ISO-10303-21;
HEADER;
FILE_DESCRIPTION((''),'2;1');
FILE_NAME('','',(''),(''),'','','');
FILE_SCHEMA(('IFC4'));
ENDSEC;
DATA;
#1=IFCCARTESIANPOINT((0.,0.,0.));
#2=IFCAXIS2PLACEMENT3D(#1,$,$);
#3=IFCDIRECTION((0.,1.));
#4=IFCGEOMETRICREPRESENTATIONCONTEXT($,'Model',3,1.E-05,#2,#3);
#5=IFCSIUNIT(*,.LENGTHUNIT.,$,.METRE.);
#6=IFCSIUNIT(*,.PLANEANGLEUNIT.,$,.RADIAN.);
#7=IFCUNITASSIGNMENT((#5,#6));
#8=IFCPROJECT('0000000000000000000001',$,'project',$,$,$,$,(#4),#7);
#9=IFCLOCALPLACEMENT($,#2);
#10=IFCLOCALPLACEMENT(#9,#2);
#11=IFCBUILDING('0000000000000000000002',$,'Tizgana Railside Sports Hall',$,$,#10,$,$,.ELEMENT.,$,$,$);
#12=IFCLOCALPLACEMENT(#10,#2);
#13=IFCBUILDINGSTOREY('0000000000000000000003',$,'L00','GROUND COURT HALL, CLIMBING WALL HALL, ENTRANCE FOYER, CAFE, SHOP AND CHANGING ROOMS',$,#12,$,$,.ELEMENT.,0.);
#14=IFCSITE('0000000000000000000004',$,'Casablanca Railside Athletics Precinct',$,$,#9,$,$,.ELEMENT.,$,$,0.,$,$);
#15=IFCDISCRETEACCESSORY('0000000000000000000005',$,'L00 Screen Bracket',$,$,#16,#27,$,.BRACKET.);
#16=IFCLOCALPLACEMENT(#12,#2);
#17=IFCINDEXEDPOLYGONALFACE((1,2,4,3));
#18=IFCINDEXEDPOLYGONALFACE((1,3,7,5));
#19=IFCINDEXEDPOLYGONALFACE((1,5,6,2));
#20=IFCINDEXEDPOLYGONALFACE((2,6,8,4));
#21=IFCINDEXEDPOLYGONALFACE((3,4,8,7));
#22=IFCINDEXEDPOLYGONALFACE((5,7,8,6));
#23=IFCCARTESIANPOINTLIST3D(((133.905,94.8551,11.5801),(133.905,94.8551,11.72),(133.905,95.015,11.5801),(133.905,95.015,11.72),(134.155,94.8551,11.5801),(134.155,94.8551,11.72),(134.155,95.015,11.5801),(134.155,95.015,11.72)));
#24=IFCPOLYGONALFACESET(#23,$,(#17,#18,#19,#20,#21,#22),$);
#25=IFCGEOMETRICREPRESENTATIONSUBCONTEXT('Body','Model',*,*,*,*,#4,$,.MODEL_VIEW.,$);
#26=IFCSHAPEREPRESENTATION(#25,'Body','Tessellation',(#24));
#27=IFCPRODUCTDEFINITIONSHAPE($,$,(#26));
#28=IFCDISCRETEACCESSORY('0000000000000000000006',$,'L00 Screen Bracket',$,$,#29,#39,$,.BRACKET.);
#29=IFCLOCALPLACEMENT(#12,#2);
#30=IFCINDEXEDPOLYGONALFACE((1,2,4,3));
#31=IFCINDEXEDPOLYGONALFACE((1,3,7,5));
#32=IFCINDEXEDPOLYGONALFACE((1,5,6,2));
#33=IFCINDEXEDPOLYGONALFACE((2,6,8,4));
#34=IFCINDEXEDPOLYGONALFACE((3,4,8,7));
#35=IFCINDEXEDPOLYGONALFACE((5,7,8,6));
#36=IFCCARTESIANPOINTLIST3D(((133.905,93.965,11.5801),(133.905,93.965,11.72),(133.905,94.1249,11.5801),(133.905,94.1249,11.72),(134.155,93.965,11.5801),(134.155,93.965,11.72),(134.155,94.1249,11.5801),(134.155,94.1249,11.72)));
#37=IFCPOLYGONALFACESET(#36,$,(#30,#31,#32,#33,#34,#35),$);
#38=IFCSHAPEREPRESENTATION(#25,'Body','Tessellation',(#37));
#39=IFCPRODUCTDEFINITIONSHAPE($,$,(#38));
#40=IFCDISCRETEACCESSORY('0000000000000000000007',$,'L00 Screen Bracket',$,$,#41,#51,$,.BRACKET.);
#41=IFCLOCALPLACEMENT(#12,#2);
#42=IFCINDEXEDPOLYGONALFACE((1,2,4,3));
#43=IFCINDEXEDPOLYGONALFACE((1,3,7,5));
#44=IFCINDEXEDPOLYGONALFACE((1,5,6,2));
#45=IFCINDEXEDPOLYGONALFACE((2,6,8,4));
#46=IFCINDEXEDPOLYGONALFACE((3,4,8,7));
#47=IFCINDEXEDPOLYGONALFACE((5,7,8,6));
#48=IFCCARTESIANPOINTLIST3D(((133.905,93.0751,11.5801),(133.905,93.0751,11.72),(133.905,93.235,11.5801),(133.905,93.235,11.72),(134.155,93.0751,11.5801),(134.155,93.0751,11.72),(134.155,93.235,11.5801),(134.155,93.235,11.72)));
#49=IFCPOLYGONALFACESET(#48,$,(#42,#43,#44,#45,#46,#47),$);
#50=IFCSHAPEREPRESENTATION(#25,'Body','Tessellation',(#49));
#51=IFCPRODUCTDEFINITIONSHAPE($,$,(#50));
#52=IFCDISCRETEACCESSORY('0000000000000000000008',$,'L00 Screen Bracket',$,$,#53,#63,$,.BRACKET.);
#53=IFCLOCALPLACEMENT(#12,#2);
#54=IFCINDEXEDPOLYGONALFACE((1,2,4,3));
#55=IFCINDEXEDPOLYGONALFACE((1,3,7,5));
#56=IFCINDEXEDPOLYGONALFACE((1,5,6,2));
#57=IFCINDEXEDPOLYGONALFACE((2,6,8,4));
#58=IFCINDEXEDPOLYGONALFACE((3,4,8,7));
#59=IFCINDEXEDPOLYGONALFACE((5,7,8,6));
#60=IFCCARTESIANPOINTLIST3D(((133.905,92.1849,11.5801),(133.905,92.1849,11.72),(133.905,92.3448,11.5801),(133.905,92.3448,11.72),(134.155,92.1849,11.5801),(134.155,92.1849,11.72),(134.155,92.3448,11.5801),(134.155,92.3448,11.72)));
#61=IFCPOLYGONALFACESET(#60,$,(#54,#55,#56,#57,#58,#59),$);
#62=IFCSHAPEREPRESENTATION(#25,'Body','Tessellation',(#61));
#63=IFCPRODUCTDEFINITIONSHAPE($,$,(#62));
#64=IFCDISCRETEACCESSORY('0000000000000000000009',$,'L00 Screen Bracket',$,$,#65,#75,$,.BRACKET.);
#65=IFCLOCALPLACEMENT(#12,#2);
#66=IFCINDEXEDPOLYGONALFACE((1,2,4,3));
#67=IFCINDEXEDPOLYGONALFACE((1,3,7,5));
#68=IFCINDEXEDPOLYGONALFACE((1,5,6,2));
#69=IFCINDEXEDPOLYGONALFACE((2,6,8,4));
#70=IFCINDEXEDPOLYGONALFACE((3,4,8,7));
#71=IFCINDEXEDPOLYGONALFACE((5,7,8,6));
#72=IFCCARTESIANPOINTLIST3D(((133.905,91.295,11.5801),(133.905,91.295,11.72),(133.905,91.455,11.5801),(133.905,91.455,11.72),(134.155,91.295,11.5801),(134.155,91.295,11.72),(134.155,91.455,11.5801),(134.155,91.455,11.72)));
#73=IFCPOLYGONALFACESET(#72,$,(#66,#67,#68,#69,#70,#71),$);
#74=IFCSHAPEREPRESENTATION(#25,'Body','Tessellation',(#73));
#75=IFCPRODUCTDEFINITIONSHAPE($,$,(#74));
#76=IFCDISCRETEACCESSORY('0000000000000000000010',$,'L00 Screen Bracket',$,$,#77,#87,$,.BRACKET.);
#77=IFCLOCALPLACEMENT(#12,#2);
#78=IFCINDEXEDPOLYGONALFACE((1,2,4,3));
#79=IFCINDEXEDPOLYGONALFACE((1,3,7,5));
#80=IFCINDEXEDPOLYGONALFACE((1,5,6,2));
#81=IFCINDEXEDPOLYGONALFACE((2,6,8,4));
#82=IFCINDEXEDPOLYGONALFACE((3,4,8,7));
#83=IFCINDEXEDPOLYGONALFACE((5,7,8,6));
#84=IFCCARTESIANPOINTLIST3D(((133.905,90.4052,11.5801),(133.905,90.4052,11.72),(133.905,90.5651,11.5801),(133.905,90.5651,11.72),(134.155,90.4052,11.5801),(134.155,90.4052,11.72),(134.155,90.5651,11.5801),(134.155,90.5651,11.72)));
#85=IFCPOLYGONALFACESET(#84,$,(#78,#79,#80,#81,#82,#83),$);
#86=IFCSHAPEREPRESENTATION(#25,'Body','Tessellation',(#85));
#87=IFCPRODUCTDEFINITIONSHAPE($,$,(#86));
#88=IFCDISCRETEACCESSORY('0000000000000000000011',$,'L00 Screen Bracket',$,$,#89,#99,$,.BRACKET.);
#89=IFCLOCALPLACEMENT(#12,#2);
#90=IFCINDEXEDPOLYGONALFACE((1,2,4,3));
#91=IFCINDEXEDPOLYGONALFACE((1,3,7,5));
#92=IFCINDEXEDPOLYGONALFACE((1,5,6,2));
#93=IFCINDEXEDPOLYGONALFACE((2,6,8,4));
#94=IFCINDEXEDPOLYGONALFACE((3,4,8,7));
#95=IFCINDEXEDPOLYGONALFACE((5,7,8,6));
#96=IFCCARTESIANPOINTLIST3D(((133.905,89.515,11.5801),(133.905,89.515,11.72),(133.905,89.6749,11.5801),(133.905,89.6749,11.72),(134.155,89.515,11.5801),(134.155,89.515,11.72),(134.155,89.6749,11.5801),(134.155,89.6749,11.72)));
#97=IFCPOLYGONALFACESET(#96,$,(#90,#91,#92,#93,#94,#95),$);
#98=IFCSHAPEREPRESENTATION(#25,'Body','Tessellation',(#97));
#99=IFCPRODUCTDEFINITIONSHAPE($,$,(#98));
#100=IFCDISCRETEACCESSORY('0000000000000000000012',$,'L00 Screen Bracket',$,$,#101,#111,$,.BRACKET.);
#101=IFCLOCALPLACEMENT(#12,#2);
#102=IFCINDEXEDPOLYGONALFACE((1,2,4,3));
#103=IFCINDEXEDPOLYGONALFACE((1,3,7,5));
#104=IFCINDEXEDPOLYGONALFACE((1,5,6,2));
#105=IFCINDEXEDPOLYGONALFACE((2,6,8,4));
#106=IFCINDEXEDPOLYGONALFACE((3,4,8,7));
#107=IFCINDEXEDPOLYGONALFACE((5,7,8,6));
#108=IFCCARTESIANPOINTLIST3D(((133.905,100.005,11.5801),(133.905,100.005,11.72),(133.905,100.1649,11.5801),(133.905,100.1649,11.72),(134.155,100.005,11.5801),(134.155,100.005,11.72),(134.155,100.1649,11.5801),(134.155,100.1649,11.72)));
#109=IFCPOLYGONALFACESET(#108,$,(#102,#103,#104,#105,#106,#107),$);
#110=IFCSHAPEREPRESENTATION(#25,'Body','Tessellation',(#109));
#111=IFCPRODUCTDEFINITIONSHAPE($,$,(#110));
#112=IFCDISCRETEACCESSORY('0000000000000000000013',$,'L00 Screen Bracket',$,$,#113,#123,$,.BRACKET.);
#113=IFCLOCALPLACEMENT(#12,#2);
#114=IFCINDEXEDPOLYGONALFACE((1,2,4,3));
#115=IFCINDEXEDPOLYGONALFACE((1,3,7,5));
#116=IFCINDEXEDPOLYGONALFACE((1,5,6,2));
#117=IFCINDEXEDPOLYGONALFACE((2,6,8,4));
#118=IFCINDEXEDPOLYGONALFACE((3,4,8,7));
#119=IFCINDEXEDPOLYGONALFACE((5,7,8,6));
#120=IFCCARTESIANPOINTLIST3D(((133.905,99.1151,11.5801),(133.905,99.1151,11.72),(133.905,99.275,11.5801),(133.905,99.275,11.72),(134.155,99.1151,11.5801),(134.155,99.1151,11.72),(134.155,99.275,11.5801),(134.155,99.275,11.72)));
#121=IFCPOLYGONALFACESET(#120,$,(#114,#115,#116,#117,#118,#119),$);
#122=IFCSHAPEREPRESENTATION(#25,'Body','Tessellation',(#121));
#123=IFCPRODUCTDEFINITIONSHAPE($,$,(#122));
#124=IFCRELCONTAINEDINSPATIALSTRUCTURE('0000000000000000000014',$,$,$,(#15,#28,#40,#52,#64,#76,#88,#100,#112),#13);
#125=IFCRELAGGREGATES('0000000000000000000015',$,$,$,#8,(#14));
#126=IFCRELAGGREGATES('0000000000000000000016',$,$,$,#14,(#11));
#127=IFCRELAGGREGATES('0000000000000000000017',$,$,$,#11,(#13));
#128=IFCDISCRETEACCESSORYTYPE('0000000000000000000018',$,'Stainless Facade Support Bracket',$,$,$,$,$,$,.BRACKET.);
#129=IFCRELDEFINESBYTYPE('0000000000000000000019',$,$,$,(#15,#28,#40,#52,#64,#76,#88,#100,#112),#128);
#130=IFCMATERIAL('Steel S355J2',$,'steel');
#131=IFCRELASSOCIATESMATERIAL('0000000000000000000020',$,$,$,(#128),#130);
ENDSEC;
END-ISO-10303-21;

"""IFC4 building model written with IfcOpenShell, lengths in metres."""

from ifc_helpers import new_model, si_unit, direction, frame, origin, origin_2d, place, context, subcontext, project, spatial, rectangle, extrude, material, type_object, element, save


model = new_model("IFC4")

# Units and contexts
model_context = context("Model", 3, precision=1e-05, world=origin(), true_north=direction((0.0, 1.0)))
body_context = subcontext(model_context, "Body", "Model", "MODEL_VIEW")
ifc_project = project(units=[si_unit("LENGTHUNIT", "METRE"), si_unit("PLANEANGLEUNIT", "RADIAN")], contexts=[model_context])

# Site, building, storey
site_placement = place(None, origin())
site = spatial("IfcSite", under=ifc_project, at=site_placement, Name="Casablanca Railside Athletics Precinct", CompositionType="ELEMENT", RefElevation=0.0)
building_placement = place(site_placement, origin())
building = spatial("IfcBuilding", under=site, at=building_placement, Name="Tizgana Railside Sports Hall", CompositionType="ELEMENT")
storey_placement = place(building_placement, origin())
storey = spatial("IfcBuildingStorey", under=building, at=storey_placement, Name="L00", Description="GROUND COURT HALL, CLIMBING WALL HALL, ENTRANCE FOYER, CAFE, SHOP AND CHANGING ROOMS", CompositionType="ELEMENT", Elevation=0.0)

# Shared definitions
ifc_material_1 = material(Name="Steel S355J2", Category="steel")

# Discrete accessories
discrete_accessory_type = type_object("IfcDiscreteAccessoryType", Name="Stainless Facade Support Bracket", PredefinedType="BRACKET", material=ifc_material_1)
for number, where, z_axis, x_axis, name in (
    (1, (134.03, 94.9351, 11.5801), (0.0, 0.0, 1.0), (0.0, -1.0, 0.0), "L00 Screen Bracket"),
    (2, (134.03, 94.0449, 11.5801), (0.0, 0.0, 1.0), (0.0, -1.0, 0.0), "L00 Screen Bracket"),
    (3, (134.03, 93.155, 11.5801), (0.0, 0.0, 1.0), (0.0, -1.0, 0.0), "L00 Screen Bracket"),
    (4, (134.03, 92.2649, 11.5801), (0.0, 0.0, 1.0), (0.0, -1.0, 0.0), "L00 Screen Bracket"),
    (5, (134.03, 91.375, 11.5801), (0.0, 0.0, 1.0), (0.0, -1.0, 0.0), "L00 Screen Bracket"),
    (6, (134.03, 90.4851, 11.5801), (0.0, 0.0, 1.0), (0.0, -1.0, 0.0), "L00 Screen Bracket"),
    (7, (134.03, 89.595, 11.5801), (0.0, 0.0, 1.0), (0.0, -1.0, 0.0), "L00 Screen Bracket"),
    (8, (134.03, 100.085, 11.5801), (0.0, 0.0, 1.0), (0.0, -1.0, 0.0), "L00 Screen Bracket"),
    (9, (134.03, 99.1951, 11.5801), (0.0, 0.0, 1.0), (0.0, -1.0, 0.0), "L00 Screen Bracket"),
):
    element("IfcDiscreteAccessory", number, at=place(storey_placement, frame(where, z_axis=z_axis, x_axis=x_axis)), inside=storey, type_object=discrete_accessory_type, Name=name, PredefinedType="BRACKET", context=body_context, shape_type="SweptSolid", body=[
        extrude(rectangle(XDim=0.1599, YDim=0.25, at=origin_2d()), origin(), (0.0, 0.0, 1.0), 0.1399),
    ])

save(model, "model.ifc")
